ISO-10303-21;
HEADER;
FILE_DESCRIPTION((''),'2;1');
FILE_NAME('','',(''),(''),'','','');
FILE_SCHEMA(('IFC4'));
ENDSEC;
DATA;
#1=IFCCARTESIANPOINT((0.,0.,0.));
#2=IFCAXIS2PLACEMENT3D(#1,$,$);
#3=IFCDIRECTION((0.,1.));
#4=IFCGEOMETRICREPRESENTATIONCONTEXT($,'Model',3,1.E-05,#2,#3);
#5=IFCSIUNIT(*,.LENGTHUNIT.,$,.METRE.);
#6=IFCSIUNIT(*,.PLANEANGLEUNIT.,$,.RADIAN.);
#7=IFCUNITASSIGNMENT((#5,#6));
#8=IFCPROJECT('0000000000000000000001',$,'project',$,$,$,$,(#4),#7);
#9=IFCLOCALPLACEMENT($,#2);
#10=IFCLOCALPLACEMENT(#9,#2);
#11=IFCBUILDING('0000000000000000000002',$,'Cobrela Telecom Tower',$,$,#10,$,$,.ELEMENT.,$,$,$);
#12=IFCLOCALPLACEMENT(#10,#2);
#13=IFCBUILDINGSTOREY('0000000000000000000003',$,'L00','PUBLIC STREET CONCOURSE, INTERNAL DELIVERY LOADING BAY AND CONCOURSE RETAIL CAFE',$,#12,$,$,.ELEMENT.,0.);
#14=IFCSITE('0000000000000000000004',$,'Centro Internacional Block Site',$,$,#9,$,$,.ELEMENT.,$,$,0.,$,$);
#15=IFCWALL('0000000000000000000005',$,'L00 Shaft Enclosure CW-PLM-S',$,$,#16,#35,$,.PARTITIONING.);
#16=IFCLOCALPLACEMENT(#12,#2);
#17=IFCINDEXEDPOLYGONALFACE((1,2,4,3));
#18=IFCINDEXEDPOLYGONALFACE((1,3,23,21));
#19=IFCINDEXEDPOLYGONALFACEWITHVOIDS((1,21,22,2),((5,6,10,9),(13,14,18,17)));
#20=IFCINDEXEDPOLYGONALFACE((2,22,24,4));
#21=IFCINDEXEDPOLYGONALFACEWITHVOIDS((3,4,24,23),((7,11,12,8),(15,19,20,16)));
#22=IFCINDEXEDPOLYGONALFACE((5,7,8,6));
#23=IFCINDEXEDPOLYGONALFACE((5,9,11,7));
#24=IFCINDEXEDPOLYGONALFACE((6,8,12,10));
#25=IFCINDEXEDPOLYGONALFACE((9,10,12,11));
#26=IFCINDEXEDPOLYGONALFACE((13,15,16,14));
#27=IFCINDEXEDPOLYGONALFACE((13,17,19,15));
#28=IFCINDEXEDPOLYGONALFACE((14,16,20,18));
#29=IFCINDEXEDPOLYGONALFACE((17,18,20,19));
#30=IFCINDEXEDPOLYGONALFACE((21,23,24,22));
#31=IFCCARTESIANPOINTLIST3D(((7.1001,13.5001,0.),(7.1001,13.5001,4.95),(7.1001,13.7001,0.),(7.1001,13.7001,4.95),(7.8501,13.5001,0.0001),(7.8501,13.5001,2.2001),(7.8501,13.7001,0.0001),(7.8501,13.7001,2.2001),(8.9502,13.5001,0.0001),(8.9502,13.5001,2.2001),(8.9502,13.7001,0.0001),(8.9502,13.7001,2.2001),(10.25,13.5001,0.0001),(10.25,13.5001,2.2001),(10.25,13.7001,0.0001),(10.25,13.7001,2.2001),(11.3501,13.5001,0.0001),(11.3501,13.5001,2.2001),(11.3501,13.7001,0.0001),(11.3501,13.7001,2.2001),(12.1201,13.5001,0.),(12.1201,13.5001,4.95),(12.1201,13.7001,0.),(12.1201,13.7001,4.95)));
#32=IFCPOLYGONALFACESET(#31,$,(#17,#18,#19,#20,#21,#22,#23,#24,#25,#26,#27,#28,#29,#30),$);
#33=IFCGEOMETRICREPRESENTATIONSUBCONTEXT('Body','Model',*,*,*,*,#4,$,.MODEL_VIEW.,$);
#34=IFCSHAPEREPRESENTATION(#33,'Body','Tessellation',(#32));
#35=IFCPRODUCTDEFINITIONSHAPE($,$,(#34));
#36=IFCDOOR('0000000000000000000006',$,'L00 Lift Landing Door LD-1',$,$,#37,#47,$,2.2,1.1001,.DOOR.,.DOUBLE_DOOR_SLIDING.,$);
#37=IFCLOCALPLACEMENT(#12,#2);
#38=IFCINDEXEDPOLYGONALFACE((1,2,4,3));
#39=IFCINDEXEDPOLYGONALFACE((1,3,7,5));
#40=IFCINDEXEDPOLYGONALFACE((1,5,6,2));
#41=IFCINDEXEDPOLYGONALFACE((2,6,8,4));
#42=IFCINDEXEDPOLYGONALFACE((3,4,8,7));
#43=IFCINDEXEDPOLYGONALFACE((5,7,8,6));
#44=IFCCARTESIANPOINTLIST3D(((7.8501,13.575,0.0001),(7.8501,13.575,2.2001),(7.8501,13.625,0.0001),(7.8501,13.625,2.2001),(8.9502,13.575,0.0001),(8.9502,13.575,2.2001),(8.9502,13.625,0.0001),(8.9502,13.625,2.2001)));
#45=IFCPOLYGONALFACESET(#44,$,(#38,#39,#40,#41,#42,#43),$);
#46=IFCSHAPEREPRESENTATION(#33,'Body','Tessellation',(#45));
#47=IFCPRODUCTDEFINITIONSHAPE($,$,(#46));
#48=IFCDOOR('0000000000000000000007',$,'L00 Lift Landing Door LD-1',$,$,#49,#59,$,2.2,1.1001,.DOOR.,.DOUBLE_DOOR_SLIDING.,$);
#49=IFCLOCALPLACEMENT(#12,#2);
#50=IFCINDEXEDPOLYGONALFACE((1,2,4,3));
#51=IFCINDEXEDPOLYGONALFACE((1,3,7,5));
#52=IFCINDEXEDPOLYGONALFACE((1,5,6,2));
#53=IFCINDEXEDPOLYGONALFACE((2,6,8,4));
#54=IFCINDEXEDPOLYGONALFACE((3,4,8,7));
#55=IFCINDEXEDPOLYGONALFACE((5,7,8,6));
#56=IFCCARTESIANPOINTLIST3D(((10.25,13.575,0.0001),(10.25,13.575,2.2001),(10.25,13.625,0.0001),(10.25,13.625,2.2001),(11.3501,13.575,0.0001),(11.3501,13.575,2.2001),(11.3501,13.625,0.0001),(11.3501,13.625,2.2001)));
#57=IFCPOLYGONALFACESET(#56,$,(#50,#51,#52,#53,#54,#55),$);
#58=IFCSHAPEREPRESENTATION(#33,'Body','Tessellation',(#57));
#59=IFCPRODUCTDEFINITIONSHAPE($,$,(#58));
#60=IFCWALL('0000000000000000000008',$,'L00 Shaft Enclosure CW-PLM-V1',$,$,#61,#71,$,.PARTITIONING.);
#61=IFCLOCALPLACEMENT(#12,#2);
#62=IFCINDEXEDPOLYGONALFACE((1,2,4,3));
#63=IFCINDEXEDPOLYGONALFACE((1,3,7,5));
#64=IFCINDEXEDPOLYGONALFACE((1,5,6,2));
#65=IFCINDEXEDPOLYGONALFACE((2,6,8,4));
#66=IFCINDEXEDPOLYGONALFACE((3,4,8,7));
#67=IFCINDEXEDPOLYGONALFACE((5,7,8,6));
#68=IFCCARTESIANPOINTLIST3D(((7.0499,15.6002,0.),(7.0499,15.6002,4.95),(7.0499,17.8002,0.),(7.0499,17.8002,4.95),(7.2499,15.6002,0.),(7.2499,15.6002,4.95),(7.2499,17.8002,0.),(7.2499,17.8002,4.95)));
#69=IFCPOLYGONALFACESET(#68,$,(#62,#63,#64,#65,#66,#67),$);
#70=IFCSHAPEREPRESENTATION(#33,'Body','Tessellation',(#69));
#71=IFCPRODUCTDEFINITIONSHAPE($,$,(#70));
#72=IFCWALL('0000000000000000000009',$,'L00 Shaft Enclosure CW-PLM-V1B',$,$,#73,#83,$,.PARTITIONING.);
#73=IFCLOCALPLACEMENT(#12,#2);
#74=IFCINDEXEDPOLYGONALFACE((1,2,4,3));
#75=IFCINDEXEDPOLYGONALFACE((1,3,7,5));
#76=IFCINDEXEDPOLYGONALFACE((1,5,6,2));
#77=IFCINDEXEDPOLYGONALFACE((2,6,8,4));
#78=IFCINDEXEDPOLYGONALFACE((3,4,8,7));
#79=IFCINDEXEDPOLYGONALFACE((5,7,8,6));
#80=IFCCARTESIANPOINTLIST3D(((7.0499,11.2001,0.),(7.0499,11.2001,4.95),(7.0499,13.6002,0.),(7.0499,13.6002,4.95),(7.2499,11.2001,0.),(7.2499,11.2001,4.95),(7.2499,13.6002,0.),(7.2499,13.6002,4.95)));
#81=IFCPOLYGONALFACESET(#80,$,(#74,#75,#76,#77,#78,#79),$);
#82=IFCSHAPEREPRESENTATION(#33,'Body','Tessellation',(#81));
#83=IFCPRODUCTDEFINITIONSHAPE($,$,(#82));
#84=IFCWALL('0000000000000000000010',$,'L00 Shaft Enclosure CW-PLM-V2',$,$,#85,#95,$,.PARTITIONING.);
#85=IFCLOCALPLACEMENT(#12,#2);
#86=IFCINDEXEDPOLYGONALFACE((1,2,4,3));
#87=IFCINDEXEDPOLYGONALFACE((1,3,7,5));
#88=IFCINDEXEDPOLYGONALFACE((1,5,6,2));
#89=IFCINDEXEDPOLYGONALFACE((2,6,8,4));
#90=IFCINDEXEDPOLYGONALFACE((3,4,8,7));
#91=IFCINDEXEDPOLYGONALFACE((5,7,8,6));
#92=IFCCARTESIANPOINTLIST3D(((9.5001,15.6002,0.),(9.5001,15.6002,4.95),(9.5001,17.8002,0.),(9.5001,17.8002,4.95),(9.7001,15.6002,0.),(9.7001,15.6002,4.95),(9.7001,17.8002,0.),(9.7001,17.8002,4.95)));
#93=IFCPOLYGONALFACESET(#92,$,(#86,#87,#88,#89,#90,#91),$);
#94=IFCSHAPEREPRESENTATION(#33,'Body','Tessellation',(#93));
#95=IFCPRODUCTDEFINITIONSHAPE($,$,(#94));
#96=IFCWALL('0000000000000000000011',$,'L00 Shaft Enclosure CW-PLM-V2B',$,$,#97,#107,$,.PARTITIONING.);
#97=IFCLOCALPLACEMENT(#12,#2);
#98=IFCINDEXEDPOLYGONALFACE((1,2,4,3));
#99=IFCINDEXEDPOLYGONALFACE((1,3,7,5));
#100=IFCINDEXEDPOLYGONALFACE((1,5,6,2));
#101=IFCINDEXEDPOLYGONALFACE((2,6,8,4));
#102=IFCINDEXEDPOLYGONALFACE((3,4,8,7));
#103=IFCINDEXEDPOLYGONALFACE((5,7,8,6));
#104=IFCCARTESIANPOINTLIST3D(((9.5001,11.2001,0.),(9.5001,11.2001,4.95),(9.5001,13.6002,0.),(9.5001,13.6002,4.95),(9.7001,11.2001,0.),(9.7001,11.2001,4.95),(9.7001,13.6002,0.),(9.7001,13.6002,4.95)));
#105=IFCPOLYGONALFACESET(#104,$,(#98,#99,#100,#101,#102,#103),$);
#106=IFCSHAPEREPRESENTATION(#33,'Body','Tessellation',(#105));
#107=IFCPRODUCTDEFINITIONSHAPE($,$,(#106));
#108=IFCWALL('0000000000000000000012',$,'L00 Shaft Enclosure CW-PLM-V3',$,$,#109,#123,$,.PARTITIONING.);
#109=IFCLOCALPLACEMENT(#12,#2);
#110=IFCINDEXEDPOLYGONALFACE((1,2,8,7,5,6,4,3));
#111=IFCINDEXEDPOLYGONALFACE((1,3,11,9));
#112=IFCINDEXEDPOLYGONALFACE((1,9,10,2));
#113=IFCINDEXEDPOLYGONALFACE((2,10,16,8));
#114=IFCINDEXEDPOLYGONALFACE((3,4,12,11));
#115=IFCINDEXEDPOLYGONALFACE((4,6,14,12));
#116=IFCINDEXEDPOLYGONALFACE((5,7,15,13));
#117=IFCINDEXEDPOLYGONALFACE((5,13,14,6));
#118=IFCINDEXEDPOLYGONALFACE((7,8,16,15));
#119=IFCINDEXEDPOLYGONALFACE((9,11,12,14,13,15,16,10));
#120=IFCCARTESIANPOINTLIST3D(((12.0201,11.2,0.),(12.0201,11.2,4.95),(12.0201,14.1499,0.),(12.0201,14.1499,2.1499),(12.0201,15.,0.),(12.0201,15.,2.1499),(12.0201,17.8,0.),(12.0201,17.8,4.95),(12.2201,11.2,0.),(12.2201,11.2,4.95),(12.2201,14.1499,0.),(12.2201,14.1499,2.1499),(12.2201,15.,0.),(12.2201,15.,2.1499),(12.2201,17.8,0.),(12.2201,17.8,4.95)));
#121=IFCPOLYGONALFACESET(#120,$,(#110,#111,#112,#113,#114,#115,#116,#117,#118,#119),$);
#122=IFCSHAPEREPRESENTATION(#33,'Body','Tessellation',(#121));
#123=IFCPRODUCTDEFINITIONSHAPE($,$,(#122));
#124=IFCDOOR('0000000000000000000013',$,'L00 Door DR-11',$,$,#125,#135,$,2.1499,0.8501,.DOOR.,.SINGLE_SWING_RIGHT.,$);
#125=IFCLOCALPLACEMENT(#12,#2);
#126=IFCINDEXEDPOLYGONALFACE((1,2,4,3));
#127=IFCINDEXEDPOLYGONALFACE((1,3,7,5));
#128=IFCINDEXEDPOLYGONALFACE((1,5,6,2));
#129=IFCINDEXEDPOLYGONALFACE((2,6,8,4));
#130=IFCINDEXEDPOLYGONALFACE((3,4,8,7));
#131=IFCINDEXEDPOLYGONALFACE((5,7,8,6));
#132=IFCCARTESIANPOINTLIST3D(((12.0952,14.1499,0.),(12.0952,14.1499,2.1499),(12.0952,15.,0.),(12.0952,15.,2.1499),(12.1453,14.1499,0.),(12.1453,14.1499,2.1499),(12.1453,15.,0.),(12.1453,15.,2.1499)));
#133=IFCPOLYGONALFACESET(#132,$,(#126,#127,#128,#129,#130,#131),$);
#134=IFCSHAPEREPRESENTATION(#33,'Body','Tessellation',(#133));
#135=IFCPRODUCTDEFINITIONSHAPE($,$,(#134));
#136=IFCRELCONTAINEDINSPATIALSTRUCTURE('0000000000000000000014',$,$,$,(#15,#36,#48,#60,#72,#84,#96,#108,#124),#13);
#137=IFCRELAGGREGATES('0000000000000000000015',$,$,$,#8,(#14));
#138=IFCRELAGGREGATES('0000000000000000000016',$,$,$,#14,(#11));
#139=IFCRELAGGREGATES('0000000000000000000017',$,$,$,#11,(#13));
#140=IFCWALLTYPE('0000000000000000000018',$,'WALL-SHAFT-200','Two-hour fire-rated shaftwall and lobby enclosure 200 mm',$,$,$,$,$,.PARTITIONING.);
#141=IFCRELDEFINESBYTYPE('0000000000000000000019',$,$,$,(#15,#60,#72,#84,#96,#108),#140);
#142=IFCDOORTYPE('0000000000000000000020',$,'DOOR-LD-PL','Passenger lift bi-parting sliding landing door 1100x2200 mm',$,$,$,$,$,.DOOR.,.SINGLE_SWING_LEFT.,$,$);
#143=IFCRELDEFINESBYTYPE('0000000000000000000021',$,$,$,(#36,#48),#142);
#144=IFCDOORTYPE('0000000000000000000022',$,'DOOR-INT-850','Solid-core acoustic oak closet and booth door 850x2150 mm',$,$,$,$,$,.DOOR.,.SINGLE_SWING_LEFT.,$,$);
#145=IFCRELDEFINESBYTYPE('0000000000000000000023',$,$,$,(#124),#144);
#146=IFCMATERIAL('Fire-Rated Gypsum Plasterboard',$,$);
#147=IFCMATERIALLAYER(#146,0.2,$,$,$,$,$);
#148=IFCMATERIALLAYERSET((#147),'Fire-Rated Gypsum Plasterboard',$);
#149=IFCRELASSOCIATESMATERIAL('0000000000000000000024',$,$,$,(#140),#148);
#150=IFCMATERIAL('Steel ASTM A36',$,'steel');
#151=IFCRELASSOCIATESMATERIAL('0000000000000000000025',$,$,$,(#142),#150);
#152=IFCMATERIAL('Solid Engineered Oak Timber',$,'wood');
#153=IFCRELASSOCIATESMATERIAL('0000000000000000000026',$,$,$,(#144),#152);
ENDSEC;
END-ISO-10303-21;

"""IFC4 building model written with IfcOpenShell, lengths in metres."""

from ifc_helpers import new_model, si_unit, direction, frame, frame_2d, origin, place, context, subcontext, project, spatial, rectangle, extrude, material, layer, layer_set, type_object, element, fill, save


model = new_model("IFC4")

# Units and contexts
model_context = context("Model", 3, precision=1e-05, world=origin(), true_north=direction((0.0, 1.0)))
body_context = subcontext(model_context, "Body", "Model", "MODEL_VIEW")
ifc_project = project(units=[si_unit("LENGTHUNIT", "METRE"), si_unit("PLANEANGLEUNIT", "RADIAN")], contexts=[model_context])

# Site, building, storey
site_placement = place(None, origin())
site = spatial("IfcSite", under=ifc_project, at=site_placement, Name="Centro Internacional Block Site", CompositionType="ELEMENT", RefElevation=0.0)
building_placement = place(site_placement, origin())
building = spatial("IfcBuilding", under=site, at=building_placement, Name="Cobrela Telecom Tower", CompositionType="ELEMENT")
storey_placement = place(building_placement, origin())
storey = spatial("IfcBuildingStorey", under=building, at=storey_placement, Name="L00", Description="PUBLIC STREET CONCOURSE, INTERNAL DELIVERY LOADING BAY AND CONCOURSE RETAIL CAFE", CompositionType="ELEMENT", Elevation=0.0)

# Shared definitions
ifc_material_1 = material(Name="Fire-Rated Gypsum Plasterboard")
ifc_layer_1 = layer(ifc_material_1, 0.2)
ifc_layer_set_1 = layer_set([ifc_layer_1], Name="Fire-Rated Gypsum Plasterboard")
wall_type_1 = type_object("IfcWallType", Name="WALL-SHAFT-200", Description="Two-hour fire-rated shaftwall and lobby enclosure 200 mm", PredefinedType="PARTITIONING", material=ifc_layer_set_1)

# Wall, openings, doors
ifc_material_2 = material(Name="Steel ASTM A36", Category="steel")
door_type_1 = type_object("IfcDoorType", Name="DOOR-LD-PL", Description="Passenger lift bi-parting sliding landing door 1100x2200 mm", OperationType="SINGLE_SWING_LEFT", PredefinedType="DOOR", material=ifc_material_2)
wall_1_placement = place(storey_placement, frame((7.1001, 13.6001, 0.0), z_axis=(0.0, 0.0, 1.0), x_axis=(1.0, 0.0, 0.0)))
wall_1 = element("IfcWall", 1, at=wall_1_placement, inside=storey, type_object=wall_type_1, Name="L00 Shaft Enclosure CW-PLM-S", PredefinedType="PARTITIONING", context=body_context, shape_type="SweptSolid", body=[
    extrude(rectangle(XDim=5.02, YDim=0.2, at=frame_2d((2.51, 0.0))), origin(), (0.0, 0.0, 1.0), 4.95),
])
opening_1_placement = place(wall_1_placement, frame((0.75, 0.0, 0.0)))
opening_1 = element("IfcOpeningElement", 2, at=opening_1_placement, cuts=wall_1, PredefinedType="OPENING", context=body_context, shape_type="SweptSolid", body=[
    extrude(rectangle(XDim=1.1001, YDim=2.2, at=frame_2d((0.55, 1.1001))), frame((0.0, 0.1118, 0.0), z_axis=(0.0, -1.0, 0.0), x_axis=(1.0, 0.0, 0.0)), (0.0, 0.0, 1.0), 0.2239),
])
opening_2_placement = place(wall_1_placement, frame((3.1499, 0.0, 0.0)))
opening_2 = element("IfcOpeningElement", 3, at=opening_2_placement, cuts=wall_1, PredefinedType="OPENING", context=body_context, shape_type="SweptSolid", body=[
    extrude(rectangle(XDim=1.1001, YDim=2.2, at=frame_2d((0.55, 1.1001))), frame((0.0, 0.1118, 0.0), z_axis=(0.0, -1.0, 0.0), x_axis=(1.0, 0.0, 0.0)), (0.0, 0.0, 1.0), 0.2239),
])
door_1_placement = place(opening_1_placement, origin())
door_1 = element("IfcDoor", 4, at=door_1_placement, inside=storey, type_object=door_type_1, Name="L00 Lift Landing Door LD-1", OperationType="DOUBLE_DOOR_SLIDING", OverallHeight=2.2, OverallWidth=1.1001, PredefinedType="DOOR", context=body_context, shape_type="SweptSolid", body=[
    extrude(rectangle(XDim=1.1001, YDim=2.2, at=frame_2d((0.55, 1.1001))), frame((0.0, 0.0249, 0.0), z_axis=(0.0, -1.0, 0.0), x_axis=(1.0, 0.0, 0.0)), (0.0, 0.0, 1.0), 0.05),
])
fill(opening_1, door_1)
door_2_placement = place(opening_2_placement, origin())
door_2 = element("IfcDoor", 5, at=door_2_placement, inside=storey, type_object=door_type_1, Name="L00 Lift Landing Door LD-1", OperationType="DOUBLE_DOOR_SLIDING", OverallHeight=2.2, OverallWidth=1.1001, PredefinedType="DOOR", context=body_context, shape_type="SweptSolid", body=[
    extrude(rectangle(XDim=1.1001, YDim=2.2, at=frame_2d((0.55, 1.1001))), frame((0.0, 0.0249, 0.0), z_axis=(0.0, -1.0, 0.0), x_axis=(1.0, 0.0, 0.0)), (0.0, 0.0, 1.0), 0.05),
])
fill(opening_2, door_2)

# Walls
wall_2_placement = place(storey_placement, frame((7.1499, 15.6001, 0.0), z_axis=(0.0, 0.0, 1.0), x_axis=(0.0, 1.0, 0.0)))
element("IfcWall", 6, at=wall_2_placement, inside=storey, type_object=wall_type_1, Name="L00 Shaft Enclosure CW-PLM-V1", PredefinedType="PARTITIONING", context=body_context, shape_type="SweptSolid", body=[
    extrude(rectangle(XDim=2.2, YDim=0.2, at=frame_2d((1.1001, 0.0))), origin(), (0.0, 0.0, 1.0), 4.95),
])
wall_3_placement = place(storey_placement, frame((7.1499, 11.2, 0.0), z_axis=(0.0, 0.0, 1.0), x_axis=(0.0, 1.0, 0.0)))
element("IfcWall", 7, at=wall_3_placement, inside=storey, type_object=wall_type_1, Name="L00 Shaft Enclosure CW-PLM-V1B", PredefinedType="PARTITIONING", context=body_context, shape_type="SweptSolid", body=[
    extrude(rectangle(XDim=2.4001, YDim=0.2, at=frame_2d((1.2002, 0.0))), origin(), (0.0, 0.0, 1.0), 4.95),
])
wall_4_placement = place(storey_placement, frame((9.6001, 15.6001, 0.0), z_axis=(0.0, 0.0, 1.0), x_axis=(0.0, 1.0, 0.0)))
element("IfcWall", 8, at=wall_4_placement, inside=storey, type_object=wall_type_1, Name="L00 Shaft Enclosure CW-PLM-V2", PredefinedType="PARTITIONING", context=body_context, shape_type="SweptSolid", body=[
    extrude(rectangle(XDim=2.2, YDim=0.2, at=frame_2d((1.1001, 0.0))), origin(), (0.0, 0.0, 1.0), 4.95),
])
wall_5_placement = place(storey_placement, frame((9.6001, 11.2, 0.0), z_axis=(0.0, 0.0, 1.0), x_axis=(0.0, 1.0, 0.0)))
element("IfcWall", 9, at=wall_5_placement, inside=storey, type_object=wall_type_1, Name="L00 Shaft Enclosure CW-PLM-V2B", PredefinedType="PARTITIONING", context=body_context, shape_type="SweptSolid", body=[
    extrude(rectangle(XDim=2.4001, YDim=0.2, at=frame_2d((1.2002, 0.0))), origin(), (0.0, 0.0, 1.0), 4.95),
])

# Wall, opening, door
wall_6_placement = place(storey_placement, frame((12.1201, 11.2, 0.0), z_axis=(0.0, 0.0, 1.0), x_axis=(0.0, 1.0, 0.0)))
wall_6 = element("IfcWall", 10, at=wall_6_placement, inside=storey, type_object=wall_type_1, Name="L00 Shaft Enclosure CW-PLM-V3", PredefinedType="PARTITIONING", context=body_context, shape_type="SweptSolid", body=[
    extrude(rectangle(XDim=6.6001, YDim=0.2, at=frame_2d((3.3, 0.0))), origin(), (0.0, 0.0, 1.0), 4.95),
])
opening_3_placement = place(wall_6_placement, frame((2.95, 0.0, 0.0)))
opening_3 = element("IfcOpeningElement", 11, at=opening_3_placement, cuts=wall_6, PredefinedType="OPENING", context=body_context, shape_type="SweptSolid", body=[
    extrude(rectangle(XDim=0.8501, YDim=2.1499, at=frame_2d((0.425, 1.075))), frame((0.0, 0.1118, 0.0), z_axis=(0.0, -1.0, 0.0), x_axis=(1.0, 0.0, 0.0)), (0.0, 0.0, 1.0), 0.2239),
])
ifc_material_3 = material(Name="Solid Engineered Oak Timber", Category="wood")
door_type_2 = type_object("IfcDoorType", Name="DOOR-INT-850", Description="Solid-core acoustic oak closet and booth door 850x2150 mm", OperationType="SINGLE_SWING_LEFT", PredefinedType="DOOR", material=ifc_material_3)
door_3_placement = place(opening_3_placement, origin())
door_3 = element("IfcDoor", 12, at=door_3_placement, inside=storey, type_object=door_type_2, Name="L00 Door DR-11", OperationType="SINGLE_SWING_RIGHT", OverallHeight=2.1499, OverallWidth=0.8501, PredefinedType="DOOR", context=body_context, shape_type="SweptSolid", body=[
    extrude(rectangle(XDim=0.8501, YDim=2.1499, at=frame_2d((0.425, 1.075))), frame((0.0, 0.0249, 0.0), z_axis=(0.0, -1.0, 0.0), x_axis=(1.0, 0.0, 0.0)), (0.0, 0.0, 1.0), 0.05),
])
fill(opening_3, door_3)

save(model, "model.ifc")
